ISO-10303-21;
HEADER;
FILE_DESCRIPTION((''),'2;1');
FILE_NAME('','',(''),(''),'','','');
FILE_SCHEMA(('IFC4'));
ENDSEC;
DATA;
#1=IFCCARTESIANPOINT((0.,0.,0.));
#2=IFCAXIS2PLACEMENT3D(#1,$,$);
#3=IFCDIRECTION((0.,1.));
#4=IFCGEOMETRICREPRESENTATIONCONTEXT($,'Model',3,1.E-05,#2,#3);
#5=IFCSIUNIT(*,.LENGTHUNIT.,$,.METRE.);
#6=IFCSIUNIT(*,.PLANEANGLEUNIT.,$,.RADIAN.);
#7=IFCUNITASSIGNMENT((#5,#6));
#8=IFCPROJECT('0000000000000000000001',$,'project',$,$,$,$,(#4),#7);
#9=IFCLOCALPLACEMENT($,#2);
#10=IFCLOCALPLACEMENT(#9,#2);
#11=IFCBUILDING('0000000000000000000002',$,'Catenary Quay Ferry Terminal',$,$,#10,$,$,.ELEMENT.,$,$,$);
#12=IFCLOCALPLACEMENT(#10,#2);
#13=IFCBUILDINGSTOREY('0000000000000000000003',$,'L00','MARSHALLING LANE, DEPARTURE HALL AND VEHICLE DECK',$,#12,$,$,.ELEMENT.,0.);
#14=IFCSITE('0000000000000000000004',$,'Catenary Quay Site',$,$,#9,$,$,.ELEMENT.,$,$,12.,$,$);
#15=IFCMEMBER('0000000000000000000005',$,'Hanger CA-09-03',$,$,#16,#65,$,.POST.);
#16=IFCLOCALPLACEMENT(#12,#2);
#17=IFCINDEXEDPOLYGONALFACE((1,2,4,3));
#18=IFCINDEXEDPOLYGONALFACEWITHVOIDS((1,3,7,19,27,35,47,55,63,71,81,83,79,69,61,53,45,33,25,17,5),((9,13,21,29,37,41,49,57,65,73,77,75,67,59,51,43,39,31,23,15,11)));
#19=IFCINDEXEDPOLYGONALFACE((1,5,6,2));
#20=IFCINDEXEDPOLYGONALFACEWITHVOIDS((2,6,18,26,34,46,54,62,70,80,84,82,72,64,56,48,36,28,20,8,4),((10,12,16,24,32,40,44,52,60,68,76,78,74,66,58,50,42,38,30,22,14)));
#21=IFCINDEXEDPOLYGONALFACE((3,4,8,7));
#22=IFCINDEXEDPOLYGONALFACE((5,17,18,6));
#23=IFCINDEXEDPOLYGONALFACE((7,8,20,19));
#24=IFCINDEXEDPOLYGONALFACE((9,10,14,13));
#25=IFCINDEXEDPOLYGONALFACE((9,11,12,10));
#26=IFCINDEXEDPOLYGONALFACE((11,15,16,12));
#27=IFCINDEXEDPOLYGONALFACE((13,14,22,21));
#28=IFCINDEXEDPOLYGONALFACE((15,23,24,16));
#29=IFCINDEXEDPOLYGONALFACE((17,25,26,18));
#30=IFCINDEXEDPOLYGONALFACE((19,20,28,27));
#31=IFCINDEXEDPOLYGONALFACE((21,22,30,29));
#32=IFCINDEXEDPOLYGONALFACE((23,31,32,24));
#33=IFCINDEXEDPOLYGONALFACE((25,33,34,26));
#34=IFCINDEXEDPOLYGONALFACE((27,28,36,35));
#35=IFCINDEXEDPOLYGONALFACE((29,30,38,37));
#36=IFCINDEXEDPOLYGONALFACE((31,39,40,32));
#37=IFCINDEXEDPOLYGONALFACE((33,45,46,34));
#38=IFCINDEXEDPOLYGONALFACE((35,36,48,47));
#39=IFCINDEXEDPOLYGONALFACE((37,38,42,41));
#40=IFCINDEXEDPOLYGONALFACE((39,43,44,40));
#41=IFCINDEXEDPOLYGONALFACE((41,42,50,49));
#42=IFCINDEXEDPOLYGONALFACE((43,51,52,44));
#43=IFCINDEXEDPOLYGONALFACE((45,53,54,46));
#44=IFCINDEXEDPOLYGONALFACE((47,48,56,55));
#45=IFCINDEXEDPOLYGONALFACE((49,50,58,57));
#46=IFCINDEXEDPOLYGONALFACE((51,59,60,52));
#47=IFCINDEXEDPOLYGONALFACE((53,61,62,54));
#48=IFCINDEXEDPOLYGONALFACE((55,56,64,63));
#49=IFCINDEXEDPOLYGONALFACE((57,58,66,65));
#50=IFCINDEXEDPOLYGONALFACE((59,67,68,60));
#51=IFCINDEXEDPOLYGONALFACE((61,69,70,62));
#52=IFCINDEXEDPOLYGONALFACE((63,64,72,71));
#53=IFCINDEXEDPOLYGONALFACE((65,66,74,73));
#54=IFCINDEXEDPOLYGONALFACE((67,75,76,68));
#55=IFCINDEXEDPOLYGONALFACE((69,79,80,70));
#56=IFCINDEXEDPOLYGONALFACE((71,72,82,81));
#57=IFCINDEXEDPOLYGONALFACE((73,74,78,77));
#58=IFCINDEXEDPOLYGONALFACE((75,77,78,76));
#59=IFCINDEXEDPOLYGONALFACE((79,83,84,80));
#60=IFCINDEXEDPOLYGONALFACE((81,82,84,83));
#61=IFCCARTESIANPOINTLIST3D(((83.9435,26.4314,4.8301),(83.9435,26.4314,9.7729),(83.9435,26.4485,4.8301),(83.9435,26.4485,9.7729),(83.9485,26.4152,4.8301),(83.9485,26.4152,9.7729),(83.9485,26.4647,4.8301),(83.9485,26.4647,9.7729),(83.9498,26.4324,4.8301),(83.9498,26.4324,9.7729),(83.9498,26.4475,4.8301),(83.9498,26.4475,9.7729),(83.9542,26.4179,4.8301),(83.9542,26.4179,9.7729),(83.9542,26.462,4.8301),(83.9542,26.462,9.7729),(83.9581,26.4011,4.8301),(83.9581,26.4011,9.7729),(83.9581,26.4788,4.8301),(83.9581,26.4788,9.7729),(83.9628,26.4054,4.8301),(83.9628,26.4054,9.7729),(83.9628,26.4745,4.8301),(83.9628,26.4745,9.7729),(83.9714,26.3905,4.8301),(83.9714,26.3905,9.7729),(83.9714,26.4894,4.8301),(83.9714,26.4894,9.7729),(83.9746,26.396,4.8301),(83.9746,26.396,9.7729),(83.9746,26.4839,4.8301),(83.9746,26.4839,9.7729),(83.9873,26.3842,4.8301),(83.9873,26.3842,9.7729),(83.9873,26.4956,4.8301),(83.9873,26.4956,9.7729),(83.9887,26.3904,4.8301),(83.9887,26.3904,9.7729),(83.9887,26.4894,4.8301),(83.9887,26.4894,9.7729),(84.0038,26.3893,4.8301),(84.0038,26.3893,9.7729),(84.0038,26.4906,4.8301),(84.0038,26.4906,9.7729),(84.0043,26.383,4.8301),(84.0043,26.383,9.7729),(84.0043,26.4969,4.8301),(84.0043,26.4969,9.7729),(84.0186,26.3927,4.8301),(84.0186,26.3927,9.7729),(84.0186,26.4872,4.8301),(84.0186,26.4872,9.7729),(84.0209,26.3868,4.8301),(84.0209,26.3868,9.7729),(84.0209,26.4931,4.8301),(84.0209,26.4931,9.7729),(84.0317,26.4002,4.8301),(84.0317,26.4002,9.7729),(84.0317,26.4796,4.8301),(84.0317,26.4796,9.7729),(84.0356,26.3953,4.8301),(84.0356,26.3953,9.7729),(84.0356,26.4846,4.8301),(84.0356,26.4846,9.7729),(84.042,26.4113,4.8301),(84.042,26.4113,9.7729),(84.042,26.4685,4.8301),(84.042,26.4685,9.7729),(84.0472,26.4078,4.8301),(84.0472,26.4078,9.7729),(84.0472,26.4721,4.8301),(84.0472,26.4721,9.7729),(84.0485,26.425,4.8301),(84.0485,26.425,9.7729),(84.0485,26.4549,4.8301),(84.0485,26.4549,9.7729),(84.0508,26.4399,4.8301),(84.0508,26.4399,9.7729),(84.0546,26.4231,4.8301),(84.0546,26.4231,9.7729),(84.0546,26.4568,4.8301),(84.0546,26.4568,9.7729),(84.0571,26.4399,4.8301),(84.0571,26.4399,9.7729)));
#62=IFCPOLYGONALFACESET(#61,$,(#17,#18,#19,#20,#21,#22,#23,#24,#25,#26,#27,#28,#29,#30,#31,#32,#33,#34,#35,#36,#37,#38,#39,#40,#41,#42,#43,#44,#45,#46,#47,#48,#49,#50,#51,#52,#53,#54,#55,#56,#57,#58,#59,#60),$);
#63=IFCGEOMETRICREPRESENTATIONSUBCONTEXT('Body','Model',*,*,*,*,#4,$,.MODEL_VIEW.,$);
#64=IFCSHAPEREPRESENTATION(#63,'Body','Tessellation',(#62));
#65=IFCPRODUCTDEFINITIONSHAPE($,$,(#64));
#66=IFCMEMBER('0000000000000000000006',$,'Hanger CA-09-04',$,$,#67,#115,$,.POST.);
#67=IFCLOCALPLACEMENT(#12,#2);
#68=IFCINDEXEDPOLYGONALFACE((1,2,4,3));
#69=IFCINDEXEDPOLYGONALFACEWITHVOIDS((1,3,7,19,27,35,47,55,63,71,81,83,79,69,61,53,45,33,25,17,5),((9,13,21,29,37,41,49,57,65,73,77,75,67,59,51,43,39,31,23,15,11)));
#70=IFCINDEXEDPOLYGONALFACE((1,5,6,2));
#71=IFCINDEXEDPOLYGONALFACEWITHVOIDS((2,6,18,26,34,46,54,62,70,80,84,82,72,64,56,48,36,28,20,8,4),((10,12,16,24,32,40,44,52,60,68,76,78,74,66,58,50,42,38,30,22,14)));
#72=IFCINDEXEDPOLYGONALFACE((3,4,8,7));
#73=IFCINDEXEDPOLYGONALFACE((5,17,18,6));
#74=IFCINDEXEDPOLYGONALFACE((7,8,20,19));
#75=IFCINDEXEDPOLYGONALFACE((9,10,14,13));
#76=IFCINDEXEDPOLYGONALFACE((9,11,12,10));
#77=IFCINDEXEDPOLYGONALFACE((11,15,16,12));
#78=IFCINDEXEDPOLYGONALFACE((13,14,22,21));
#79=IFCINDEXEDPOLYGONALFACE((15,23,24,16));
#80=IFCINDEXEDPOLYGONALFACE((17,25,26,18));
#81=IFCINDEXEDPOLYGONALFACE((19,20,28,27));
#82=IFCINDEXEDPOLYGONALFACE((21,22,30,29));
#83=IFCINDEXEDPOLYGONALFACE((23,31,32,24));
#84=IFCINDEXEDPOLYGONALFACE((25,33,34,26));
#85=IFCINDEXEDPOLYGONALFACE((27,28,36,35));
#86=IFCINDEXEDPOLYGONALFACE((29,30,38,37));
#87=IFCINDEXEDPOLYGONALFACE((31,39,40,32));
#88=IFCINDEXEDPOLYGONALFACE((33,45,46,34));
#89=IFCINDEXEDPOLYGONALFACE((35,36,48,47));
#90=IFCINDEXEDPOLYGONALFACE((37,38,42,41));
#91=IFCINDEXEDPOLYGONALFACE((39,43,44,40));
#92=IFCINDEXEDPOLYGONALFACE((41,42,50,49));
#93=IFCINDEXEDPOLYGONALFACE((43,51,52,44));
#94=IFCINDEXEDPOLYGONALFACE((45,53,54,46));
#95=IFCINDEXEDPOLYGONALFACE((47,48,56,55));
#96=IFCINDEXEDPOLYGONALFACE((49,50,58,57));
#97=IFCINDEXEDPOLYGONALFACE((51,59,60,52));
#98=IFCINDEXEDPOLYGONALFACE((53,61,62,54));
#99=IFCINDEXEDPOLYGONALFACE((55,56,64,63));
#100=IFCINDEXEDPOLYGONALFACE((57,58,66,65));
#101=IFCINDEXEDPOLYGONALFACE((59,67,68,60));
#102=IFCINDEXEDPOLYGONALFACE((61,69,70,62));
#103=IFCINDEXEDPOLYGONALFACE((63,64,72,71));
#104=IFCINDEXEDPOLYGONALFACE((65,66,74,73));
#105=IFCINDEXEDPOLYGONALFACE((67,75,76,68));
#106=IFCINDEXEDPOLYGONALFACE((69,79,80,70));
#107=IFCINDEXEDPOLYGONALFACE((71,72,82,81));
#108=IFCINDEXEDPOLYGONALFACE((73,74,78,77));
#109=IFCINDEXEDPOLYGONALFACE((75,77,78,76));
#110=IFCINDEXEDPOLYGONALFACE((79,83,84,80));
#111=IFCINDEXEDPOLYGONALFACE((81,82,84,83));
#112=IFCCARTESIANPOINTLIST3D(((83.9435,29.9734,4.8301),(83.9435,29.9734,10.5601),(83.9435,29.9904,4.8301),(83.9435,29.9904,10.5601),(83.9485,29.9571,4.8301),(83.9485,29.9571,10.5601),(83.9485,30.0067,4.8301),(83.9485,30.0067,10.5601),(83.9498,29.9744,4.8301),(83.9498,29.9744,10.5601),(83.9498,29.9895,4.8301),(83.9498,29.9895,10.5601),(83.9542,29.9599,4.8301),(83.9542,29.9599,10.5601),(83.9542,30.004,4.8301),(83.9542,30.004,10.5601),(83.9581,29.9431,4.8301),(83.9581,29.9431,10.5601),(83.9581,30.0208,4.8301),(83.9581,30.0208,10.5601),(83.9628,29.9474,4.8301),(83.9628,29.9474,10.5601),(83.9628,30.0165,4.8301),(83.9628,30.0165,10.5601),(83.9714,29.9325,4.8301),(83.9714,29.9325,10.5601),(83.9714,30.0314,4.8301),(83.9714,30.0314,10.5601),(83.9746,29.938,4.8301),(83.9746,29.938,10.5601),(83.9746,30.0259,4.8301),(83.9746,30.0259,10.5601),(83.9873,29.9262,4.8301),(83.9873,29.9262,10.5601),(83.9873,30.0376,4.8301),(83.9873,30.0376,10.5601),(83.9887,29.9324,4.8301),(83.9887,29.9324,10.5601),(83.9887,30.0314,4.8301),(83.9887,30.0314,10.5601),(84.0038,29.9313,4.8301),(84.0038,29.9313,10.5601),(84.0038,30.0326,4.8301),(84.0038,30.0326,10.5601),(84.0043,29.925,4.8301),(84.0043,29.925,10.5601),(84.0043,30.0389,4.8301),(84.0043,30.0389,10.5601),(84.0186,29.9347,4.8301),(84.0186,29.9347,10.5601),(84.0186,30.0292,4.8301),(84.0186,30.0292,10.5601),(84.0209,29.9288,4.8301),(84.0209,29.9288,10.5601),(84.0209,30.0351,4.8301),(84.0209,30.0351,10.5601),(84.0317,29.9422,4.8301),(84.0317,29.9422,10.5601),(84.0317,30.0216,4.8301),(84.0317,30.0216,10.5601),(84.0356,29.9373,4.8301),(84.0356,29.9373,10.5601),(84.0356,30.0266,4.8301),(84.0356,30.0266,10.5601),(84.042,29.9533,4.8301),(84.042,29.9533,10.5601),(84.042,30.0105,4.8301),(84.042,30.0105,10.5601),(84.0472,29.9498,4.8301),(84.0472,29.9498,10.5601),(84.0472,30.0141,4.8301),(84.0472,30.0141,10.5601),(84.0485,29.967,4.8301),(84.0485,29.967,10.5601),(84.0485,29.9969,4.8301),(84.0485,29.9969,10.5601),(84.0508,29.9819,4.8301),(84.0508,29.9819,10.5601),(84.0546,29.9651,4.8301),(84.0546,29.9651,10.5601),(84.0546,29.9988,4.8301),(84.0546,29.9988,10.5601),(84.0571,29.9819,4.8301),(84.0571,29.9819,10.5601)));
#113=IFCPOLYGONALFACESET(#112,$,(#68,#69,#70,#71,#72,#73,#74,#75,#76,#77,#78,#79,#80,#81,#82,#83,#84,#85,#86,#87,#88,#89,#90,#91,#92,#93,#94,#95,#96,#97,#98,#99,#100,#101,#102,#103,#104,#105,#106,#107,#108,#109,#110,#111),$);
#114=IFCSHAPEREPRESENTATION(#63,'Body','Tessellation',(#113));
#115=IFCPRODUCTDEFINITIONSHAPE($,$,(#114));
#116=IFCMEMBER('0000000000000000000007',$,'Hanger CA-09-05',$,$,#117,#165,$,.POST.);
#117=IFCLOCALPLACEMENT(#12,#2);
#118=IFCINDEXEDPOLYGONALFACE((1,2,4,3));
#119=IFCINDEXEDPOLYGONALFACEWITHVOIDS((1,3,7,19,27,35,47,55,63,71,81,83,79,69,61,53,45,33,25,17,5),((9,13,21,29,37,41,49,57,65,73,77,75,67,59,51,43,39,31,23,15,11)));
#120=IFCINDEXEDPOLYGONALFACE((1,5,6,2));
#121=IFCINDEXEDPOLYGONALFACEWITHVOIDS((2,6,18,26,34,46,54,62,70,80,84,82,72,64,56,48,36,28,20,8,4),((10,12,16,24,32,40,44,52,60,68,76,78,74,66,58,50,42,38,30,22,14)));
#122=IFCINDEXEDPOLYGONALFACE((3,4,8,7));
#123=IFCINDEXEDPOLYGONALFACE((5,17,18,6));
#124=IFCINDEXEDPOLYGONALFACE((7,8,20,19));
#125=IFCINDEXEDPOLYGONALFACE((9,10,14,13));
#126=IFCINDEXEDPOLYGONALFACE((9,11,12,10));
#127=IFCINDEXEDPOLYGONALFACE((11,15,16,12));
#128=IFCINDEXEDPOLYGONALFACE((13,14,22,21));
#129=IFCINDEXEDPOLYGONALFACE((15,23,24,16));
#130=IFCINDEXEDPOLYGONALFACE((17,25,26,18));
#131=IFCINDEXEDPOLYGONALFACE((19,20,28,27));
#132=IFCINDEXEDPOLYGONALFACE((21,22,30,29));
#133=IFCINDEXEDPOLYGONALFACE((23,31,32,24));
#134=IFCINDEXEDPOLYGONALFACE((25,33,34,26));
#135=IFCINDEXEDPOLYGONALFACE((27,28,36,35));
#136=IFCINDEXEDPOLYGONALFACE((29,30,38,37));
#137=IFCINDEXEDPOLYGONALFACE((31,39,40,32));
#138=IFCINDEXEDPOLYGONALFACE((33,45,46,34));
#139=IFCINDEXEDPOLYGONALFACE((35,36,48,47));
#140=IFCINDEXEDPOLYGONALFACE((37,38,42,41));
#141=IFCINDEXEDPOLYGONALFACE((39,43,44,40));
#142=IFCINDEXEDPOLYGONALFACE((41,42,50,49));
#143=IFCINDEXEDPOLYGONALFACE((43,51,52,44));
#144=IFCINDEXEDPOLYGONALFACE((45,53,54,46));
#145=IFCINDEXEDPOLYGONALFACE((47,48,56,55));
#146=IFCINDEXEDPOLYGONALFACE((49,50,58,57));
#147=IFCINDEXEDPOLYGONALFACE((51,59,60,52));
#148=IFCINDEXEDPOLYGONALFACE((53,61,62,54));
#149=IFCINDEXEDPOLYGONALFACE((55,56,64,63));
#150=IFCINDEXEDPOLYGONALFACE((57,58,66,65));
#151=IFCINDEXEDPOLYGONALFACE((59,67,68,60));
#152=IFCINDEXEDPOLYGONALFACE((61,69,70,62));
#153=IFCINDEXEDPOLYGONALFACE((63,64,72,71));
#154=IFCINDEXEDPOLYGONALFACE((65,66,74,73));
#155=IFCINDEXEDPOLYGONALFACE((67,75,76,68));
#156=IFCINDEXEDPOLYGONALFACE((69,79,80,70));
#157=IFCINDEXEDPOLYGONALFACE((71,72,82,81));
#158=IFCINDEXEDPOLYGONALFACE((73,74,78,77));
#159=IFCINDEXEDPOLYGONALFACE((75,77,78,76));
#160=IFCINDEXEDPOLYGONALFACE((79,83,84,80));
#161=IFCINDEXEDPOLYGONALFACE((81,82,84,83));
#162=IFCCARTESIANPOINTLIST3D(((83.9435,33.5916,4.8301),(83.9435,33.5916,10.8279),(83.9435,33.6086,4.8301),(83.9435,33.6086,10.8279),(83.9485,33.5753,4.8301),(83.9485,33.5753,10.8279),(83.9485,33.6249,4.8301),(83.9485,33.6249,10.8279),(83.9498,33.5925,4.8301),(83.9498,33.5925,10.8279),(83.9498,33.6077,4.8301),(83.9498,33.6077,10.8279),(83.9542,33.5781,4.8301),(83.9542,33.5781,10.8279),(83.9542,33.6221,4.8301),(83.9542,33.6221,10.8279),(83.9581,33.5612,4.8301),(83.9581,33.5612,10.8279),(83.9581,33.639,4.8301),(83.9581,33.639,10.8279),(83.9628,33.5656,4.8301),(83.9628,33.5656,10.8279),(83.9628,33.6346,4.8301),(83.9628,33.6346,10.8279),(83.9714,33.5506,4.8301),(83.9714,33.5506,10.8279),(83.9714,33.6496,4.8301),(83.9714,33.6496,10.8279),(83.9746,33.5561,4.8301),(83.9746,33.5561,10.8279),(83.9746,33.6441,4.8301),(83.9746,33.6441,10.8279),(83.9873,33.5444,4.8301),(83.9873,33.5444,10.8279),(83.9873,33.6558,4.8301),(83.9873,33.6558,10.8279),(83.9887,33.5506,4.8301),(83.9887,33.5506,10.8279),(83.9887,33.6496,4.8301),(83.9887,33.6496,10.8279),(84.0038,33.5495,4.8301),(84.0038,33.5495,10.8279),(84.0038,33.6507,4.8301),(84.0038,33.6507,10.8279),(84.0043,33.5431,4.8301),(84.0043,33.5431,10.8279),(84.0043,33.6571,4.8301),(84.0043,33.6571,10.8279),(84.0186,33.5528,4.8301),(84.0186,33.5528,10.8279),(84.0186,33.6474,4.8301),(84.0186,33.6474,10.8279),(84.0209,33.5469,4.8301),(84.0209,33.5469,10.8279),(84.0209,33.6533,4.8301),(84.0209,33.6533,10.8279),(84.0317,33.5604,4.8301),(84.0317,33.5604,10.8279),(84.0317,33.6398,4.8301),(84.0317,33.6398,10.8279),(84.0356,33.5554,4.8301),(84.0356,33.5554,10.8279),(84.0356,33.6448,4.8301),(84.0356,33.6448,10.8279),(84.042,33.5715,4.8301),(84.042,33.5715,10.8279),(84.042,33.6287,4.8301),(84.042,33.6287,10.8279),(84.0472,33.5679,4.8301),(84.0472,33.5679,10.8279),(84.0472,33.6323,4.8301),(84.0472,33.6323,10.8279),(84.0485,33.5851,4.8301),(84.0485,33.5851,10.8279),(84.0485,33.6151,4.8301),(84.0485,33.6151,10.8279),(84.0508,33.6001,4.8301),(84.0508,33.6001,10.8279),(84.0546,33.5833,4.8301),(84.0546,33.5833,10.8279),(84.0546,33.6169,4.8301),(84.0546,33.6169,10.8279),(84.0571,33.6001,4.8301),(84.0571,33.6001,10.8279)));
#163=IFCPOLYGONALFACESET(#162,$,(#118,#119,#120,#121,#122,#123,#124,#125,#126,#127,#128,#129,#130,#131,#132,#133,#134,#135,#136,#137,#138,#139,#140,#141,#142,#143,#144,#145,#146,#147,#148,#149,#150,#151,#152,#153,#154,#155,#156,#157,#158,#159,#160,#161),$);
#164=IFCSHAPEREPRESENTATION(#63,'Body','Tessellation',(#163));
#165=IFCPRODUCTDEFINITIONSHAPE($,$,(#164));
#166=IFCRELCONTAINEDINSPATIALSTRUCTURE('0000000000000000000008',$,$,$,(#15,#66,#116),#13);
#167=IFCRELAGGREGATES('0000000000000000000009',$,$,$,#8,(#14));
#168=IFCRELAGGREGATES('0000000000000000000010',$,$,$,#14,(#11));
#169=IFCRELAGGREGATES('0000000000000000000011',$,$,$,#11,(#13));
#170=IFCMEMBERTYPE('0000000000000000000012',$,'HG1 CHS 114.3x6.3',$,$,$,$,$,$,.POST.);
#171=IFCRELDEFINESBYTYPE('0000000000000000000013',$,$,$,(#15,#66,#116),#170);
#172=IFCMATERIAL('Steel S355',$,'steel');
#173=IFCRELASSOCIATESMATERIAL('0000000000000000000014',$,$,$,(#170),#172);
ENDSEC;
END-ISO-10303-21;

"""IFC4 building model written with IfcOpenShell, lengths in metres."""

from ifc_helpers import new_model, si_unit, direction, frame, origin, origin_2d, place, context, subcontext, project, spatial, hollow_circle, extrude, material, material_profile, profile_set, type_object, element, save


model = new_model("IFC4")

# Units and contexts
model_context = context("Model", 3, precision=1e-05, world=origin(), true_north=direction((0.0, 1.0)))
body_context = subcontext(model_context, "Body", "Model", "MODEL_VIEW")
ifc_project = project(units=[si_unit("LENGTHUNIT", "METRE"), si_unit("PLANEANGLEUNIT", "RADIAN")], contexts=[model_context])

# Site, building, storey
site_placement = place(None, origin())
site = spatial("IfcSite", under=ifc_project, at=site_placement, Name="Catenary Quay Site", CompositionType="ELEMENT", RefElevation=12.0)
building_placement = place(site_placement, origin())
building = spatial("IfcBuilding", under=site, at=building_placement, Name="Catenary Quay Ferry Terminal", CompositionType="ELEMENT")
storey_placement = place(building_placement, origin())
storey = spatial("IfcBuildingStorey", under=building, at=storey_placement, Name="L00", Description="MARSHALLING LANE, DEPARTURE HALL AND VEHICLE DECK", CompositionType="ELEMENT", Elevation=0.0)

# Members
ifc_material_1 = material(Name="Steel S355", Category="steel")
ifc_material_profile_1 = material_profile(ifc_material_1, hollow_circle(Radius=0.0571, WallThickness=0.0063, at=origin_2d()), Name="CHS 114.3x6.3")
ifc_profile_set_1 = profile_set([ifc_material_profile_1], Name="Steel S355")
member_type_1 = type_object("IfcMemberType", Name="HG1 CHS 114.3x6.3", PredefinedType="POST", material=ifc_profile_set_1)
member_1_placement = place(storey_placement, frame((84.0, 26.4399, 4.8301), z_axis=(0.0, 0.0, 1.0), x_axis=(1.0, 0.0, 0.0)))
element("IfcMember", 1, at=member_1_placement, inside=storey, type_object=member_type_1, Name="Hanger CA-09-03", PredefinedType="POST", context=body_context, shape_type="SweptSolid", body=[
    extrude(hollow_circle(Radius=0.0571, WallThickness=0.0063, at=origin_2d()), origin(), (0.0, 0.0, 1.0), 4.9429),
])
member_2_placement = place(storey_placement, frame((84.0, 29.9819, 4.8301), z_axis=(0.0, 0.0, 1.0), x_axis=(1.0, 0.0, 0.0)))
element("IfcMember", 2, at=member_2_placement, inside=storey, type_object=member_type_1, Name="Hanger CA-09-04", PredefinedType="POST", context=body_context, shape_type="SweptSolid", body=[
    extrude(hollow_circle(Radius=0.0571, WallThickness=0.0063, at=origin_2d()), origin(), (0.0, 0.0, 1.0), 5.73),
])
member_3_placement = place(storey_placement, frame((84.0, 33.6001, 4.8301), z_axis=(0.0, 0.0, 1.0), x_axis=(1.0, 0.0, 0.0)))
element("IfcMember", 3, at=member_3_placement, inside=storey, type_object=member_type_1, Name="Hanger CA-09-05", PredefinedType="POST", context=body_context, shape_type="SweptSolid", body=[
    extrude(hollow_circle(Radius=0.0571, WallThickness=0.0063, at=origin_2d()), origin(), (0.0, 0.0, 1.0), 5.9978),
])

save(model, "model.ifc")
